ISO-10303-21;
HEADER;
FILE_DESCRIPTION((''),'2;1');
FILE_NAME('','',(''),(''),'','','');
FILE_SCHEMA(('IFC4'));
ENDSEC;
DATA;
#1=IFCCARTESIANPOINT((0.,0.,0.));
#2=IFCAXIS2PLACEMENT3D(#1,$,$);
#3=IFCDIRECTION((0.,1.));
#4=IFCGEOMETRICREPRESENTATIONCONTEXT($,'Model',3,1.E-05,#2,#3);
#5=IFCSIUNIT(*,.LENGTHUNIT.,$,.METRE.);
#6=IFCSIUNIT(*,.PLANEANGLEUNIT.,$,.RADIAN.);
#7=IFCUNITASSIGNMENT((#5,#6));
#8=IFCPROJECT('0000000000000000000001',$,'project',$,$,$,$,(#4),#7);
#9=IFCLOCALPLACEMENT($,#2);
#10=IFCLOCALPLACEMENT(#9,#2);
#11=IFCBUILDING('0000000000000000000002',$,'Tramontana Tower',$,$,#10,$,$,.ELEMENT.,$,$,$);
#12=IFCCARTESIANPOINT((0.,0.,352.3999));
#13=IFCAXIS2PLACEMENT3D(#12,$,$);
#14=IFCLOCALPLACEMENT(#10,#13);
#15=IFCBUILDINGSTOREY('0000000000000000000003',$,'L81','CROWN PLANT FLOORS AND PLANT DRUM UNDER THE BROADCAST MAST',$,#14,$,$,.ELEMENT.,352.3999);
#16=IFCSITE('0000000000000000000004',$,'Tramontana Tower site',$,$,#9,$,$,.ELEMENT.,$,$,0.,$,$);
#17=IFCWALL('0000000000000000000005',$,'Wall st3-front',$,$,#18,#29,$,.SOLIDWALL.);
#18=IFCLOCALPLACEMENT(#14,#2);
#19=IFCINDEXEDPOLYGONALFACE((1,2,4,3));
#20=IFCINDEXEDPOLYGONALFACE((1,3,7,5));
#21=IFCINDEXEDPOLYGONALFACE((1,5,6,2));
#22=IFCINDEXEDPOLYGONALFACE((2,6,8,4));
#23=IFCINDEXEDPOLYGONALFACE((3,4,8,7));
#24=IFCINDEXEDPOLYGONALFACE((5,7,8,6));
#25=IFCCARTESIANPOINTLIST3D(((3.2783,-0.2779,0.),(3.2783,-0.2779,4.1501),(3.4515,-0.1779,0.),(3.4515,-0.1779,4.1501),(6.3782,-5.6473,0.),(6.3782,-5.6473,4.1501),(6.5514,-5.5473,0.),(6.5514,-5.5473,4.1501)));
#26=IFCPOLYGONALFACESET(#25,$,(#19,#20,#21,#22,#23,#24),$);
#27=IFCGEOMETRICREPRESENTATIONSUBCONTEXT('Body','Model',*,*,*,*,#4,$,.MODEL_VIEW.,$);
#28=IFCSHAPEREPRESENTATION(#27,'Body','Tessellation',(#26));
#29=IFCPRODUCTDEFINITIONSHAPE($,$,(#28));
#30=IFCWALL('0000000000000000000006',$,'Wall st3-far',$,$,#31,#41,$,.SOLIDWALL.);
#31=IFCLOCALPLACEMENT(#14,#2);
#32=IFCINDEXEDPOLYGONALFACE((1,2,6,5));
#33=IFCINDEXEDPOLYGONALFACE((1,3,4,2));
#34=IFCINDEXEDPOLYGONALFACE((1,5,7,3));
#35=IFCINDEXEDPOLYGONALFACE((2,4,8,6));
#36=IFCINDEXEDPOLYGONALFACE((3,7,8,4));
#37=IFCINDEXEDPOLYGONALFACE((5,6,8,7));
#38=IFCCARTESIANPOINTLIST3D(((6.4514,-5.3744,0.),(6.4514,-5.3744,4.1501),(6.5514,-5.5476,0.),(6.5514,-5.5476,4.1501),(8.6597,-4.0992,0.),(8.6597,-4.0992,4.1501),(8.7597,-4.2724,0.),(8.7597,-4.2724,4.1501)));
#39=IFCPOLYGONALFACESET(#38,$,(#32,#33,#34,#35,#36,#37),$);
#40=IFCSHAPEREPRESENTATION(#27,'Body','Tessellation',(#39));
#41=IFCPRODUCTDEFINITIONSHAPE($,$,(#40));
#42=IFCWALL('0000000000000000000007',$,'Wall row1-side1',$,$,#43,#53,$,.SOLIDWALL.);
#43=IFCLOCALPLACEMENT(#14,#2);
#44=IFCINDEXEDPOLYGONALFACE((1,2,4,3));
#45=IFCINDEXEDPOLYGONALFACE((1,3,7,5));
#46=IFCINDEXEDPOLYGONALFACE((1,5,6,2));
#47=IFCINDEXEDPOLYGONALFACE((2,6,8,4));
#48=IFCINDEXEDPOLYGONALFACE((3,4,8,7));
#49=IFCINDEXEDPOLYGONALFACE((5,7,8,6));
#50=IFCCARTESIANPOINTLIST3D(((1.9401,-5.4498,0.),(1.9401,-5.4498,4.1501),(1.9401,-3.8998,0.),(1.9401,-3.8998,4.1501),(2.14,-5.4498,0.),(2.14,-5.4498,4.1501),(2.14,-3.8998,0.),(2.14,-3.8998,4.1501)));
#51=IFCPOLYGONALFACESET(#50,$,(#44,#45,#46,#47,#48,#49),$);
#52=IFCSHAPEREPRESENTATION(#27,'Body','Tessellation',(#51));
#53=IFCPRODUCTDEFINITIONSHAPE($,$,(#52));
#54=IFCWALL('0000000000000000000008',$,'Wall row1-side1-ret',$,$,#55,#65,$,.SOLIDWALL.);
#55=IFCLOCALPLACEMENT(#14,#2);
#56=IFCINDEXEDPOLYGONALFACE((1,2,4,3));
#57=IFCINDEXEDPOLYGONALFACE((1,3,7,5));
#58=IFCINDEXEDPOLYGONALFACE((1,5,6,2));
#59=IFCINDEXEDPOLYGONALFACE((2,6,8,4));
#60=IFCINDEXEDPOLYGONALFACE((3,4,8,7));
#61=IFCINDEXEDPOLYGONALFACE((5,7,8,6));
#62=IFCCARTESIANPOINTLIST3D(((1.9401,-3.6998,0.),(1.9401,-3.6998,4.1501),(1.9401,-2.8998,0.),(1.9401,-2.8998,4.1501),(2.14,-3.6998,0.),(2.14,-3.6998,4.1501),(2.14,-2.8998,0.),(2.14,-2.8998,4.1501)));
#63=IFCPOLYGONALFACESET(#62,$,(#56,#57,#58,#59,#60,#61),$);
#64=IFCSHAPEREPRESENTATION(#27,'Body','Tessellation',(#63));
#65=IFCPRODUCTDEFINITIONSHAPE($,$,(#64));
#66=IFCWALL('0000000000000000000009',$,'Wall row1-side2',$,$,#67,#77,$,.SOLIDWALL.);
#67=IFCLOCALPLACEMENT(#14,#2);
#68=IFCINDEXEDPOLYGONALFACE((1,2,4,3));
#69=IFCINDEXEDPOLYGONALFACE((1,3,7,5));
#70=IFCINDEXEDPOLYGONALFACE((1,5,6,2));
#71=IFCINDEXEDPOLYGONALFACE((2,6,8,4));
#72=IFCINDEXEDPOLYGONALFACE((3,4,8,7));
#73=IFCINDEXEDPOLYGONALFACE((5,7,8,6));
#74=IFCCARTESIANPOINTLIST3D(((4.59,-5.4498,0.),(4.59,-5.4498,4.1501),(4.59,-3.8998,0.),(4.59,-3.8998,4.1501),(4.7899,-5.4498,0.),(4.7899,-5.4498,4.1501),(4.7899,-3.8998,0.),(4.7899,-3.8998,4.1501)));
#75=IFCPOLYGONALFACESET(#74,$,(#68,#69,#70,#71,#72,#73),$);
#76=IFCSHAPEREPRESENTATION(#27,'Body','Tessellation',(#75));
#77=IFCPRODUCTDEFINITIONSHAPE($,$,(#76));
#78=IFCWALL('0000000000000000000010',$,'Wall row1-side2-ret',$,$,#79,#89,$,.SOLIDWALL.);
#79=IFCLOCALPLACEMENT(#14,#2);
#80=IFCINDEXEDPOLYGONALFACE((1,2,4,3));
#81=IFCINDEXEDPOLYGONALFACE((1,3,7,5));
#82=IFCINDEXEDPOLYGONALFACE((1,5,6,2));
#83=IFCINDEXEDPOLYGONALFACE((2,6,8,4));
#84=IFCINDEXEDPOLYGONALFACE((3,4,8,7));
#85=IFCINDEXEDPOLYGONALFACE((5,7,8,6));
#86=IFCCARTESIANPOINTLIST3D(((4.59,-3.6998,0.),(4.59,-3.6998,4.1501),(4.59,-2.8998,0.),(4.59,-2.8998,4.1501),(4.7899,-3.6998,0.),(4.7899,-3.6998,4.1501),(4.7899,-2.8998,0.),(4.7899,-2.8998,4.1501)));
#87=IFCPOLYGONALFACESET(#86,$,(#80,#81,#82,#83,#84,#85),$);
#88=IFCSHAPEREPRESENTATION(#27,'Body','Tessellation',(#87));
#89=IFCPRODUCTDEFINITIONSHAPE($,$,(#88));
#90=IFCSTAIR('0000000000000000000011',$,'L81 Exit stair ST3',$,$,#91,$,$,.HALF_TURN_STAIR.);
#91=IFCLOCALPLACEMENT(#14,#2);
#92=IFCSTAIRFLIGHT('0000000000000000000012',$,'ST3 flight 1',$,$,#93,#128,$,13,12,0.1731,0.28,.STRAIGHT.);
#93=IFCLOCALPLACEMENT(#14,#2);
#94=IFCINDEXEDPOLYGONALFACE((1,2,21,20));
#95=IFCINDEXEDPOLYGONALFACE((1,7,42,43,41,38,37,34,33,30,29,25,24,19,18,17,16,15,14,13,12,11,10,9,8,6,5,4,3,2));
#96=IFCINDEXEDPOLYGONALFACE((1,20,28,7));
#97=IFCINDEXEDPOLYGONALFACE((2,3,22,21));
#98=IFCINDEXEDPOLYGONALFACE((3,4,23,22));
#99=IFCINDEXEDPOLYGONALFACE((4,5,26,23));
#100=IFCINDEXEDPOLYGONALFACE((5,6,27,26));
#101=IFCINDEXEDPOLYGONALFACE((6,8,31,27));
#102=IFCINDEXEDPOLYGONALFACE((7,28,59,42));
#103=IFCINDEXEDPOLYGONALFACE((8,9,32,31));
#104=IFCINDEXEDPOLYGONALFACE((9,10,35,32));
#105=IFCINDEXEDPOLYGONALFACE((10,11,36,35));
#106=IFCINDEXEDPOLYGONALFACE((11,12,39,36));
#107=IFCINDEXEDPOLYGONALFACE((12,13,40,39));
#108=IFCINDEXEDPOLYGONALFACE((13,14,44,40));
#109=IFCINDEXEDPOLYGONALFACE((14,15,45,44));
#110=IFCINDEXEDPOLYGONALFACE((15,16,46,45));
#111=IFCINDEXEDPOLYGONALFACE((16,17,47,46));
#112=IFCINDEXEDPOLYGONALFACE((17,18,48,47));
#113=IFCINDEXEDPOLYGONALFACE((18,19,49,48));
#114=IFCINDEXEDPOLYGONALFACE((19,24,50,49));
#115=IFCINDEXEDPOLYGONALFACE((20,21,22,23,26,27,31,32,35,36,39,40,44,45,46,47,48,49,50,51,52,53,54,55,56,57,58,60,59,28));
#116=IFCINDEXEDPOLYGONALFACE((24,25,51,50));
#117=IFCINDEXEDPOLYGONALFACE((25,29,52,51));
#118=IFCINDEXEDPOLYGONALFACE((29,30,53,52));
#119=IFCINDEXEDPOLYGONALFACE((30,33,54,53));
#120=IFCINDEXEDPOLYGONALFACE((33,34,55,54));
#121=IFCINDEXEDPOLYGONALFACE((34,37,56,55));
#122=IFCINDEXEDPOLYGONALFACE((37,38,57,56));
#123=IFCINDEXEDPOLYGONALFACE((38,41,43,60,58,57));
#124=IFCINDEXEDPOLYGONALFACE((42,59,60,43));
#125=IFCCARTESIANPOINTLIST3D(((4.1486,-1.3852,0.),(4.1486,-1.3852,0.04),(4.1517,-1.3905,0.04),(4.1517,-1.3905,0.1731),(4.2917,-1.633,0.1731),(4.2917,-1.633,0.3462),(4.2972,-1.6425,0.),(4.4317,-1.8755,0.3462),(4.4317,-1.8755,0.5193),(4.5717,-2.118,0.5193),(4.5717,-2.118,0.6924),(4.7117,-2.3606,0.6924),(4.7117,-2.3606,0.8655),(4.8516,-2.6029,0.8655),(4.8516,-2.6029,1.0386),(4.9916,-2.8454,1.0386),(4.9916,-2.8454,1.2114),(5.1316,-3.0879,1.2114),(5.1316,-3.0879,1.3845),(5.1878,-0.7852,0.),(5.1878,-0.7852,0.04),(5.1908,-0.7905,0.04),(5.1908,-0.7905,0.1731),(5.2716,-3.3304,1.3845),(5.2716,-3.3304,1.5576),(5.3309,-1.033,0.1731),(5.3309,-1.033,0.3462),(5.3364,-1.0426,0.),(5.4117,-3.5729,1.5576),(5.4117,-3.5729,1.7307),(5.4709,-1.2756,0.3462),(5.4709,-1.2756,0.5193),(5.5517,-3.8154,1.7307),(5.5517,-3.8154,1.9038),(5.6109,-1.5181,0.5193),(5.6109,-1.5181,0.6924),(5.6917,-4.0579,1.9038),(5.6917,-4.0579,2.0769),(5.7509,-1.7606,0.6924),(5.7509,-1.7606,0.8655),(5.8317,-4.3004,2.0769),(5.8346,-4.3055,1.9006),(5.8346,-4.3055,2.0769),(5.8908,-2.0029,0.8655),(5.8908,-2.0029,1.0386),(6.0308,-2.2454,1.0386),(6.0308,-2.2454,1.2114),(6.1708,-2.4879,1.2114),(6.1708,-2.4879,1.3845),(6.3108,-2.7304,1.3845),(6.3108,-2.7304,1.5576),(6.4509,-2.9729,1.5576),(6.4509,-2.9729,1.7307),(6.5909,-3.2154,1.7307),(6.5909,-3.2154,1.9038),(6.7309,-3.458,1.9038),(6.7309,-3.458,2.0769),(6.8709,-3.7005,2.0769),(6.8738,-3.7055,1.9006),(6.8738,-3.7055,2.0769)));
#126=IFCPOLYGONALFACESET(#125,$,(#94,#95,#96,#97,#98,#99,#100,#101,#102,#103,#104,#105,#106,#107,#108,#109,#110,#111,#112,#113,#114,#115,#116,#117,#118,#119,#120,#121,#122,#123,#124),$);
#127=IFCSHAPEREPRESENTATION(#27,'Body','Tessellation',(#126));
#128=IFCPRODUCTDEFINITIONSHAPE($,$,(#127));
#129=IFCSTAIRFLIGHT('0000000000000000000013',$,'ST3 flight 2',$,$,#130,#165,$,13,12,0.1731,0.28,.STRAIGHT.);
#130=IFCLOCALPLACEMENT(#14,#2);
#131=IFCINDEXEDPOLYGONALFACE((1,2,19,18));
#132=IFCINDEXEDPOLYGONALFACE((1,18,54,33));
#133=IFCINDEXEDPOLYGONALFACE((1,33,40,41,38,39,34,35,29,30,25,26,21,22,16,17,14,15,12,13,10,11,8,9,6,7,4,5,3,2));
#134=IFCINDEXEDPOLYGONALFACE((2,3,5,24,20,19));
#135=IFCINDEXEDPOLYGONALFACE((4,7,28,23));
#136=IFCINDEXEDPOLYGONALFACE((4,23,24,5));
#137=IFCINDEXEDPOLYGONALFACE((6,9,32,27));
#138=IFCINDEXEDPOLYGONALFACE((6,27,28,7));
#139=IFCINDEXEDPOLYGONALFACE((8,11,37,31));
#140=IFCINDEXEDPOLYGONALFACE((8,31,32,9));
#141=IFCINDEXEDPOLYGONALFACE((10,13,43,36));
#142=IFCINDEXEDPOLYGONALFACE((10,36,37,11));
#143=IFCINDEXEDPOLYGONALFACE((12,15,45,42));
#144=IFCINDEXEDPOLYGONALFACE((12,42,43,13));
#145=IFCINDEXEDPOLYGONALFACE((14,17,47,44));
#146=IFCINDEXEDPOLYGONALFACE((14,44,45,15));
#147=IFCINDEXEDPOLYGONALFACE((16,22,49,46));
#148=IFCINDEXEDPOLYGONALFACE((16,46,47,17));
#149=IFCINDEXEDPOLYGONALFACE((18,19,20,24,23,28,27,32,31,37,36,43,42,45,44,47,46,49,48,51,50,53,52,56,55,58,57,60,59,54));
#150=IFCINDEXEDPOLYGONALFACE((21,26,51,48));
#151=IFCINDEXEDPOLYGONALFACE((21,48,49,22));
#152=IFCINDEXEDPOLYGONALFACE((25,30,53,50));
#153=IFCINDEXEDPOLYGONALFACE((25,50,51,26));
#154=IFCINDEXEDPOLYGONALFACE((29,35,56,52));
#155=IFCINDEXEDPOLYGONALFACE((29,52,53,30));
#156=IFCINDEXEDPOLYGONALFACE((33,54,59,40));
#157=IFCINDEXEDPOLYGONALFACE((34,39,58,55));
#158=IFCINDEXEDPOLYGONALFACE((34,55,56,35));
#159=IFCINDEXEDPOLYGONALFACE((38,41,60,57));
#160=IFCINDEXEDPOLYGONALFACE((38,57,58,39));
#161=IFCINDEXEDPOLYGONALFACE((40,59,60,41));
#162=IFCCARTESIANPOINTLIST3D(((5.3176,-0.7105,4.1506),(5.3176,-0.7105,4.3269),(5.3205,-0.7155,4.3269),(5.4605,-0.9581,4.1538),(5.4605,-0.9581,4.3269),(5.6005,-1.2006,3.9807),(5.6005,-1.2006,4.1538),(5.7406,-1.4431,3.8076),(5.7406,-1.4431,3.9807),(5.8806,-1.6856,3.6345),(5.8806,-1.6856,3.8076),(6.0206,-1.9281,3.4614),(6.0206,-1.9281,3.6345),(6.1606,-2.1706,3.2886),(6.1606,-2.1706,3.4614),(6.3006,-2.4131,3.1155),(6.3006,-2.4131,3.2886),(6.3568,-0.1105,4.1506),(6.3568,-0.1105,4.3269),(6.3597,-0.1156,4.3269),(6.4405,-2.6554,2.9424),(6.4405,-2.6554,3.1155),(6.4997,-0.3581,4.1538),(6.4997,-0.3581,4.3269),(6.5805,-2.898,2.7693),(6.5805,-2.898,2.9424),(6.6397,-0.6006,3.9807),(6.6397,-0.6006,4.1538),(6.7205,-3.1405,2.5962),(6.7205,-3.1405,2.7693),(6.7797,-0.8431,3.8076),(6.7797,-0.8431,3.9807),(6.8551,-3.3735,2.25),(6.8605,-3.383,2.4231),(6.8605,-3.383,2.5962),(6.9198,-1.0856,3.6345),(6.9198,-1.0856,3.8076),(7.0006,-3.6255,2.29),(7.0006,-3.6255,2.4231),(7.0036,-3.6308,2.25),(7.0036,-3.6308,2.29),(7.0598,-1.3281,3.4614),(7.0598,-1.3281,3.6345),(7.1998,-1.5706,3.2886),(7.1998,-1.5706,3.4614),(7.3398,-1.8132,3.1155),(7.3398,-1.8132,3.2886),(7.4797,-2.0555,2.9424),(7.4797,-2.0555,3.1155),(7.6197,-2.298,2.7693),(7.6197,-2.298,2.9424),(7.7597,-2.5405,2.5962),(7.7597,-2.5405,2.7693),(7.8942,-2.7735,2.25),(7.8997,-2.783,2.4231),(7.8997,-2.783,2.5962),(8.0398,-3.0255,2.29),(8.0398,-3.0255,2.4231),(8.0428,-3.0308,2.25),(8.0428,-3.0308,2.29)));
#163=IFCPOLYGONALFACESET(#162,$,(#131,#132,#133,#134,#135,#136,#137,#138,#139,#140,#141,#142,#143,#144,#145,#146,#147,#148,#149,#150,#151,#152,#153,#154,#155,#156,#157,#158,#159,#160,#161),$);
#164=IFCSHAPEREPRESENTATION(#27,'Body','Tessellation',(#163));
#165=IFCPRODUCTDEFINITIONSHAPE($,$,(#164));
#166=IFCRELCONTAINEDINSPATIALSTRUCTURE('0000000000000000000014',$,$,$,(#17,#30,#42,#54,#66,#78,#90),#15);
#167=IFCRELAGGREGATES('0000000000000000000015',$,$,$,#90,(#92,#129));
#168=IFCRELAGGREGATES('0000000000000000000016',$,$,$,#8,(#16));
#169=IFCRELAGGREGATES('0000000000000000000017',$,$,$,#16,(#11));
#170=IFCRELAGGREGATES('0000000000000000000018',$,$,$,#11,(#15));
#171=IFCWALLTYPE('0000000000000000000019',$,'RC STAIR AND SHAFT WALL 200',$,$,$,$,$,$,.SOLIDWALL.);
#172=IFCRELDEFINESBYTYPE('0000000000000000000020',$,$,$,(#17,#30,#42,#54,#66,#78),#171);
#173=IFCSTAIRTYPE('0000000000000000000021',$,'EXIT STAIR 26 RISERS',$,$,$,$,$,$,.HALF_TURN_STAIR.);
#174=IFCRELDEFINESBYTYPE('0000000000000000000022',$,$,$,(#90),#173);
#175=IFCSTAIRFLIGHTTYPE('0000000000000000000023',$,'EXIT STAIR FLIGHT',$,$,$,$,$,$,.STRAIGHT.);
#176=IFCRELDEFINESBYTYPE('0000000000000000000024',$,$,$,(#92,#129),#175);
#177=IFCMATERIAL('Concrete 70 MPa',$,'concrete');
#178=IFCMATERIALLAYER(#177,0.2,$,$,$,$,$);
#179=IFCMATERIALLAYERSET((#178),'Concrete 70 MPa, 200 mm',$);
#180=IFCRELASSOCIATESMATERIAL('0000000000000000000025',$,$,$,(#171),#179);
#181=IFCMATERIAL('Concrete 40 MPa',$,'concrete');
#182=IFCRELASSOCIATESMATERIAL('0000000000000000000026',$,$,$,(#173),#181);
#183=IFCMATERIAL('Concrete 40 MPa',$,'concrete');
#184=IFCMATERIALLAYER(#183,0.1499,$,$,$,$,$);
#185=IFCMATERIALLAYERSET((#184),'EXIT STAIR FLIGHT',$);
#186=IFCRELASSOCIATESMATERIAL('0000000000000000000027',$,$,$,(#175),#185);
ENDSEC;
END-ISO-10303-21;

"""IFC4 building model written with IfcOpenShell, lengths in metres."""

from ifc_helpers import new_model, si_unit, direction, frame, frame_2d, origin, place, context, subcontext, project, spatial, polyline, rectangle, outline, extrude, material, layer, layer_set, type_object, element, aggregate, save


model = new_model("IFC4")

# Units and contexts
model_context = context("Model", 3, precision=1e-05, world=origin(), true_north=direction((0.0, 1.0)))
body_context = subcontext(model_context, "Body", "Model", "MODEL_VIEW")
ifc_project = project(units=[si_unit("LENGTHUNIT", "METRE"), si_unit("PLANEANGLEUNIT", "RADIAN")], contexts=[model_context])

# Site, building, storey
site_placement = place(None, origin())
site = spatial("IfcSite", under=ifc_project, at=site_placement, Name="Tramontana Tower site", CompositionType="ELEMENT", RefElevation=0.0)
building_placement = place(site_placement, origin())
building = spatial("IfcBuilding", under=site, at=building_placement, Name="Tramontana Tower", CompositionType="ELEMENT")
storey_placement = place(building_placement, frame((0.0, 0.0, 352.3999)))
storey = spatial("IfcBuildingStorey", under=building, at=storey_placement, Name="L81", Description="CROWN PLANT FLOORS AND PLANT DRUM UNDER THE BROADCAST MAST", CompositionType="ELEMENT", Elevation=352.3999)

# Walls
ifc_material_1 = material(Name="Concrete 70 MPa", Category="concrete")
ifc_layer_1 = layer(ifc_material_1, 0.2)
ifc_layer_set_1 = layer_set([ifc_layer_1], Name="Concrete 70 MPa, 200 mm")
wall_type_1 = type_object("IfcWallType", Name="RC STAIR AND SHAFT WALL 200", PredefinedType="SOLIDWALL", material=ifc_layer_set_1)
wall_1_placement = place(storey_placement, frame((6.4648, -5.5974, 0.0), z_axis=(0.0, 0.0, 1.0), x_axis=(-0.49998, 0.866037, 0.0)))
element("IfcWall", 1, at=wall_1_placement, inside=storey, type_object=wall_type_1, Name="Wall st3-front", PredefinedType="SOLIDWALL", context=body_context, shape_type="SweptSolid", body=[
    extrude(rectangle(XDim=6.2, YDim=0.2, at=frame_2d((3.1001, 0.0))), origin(), (0.0, 0.0, 1.0), 4.1501),
])
wall_2_placement = place(storey_placement, frame((6.5015, -5.4609, 0.0), z_axis=(0.0, 0.0, 1.0), x_axis=(0.865989, 0.500062, 0.0)))
element("IfcWall", 2, at=wall_2_placement, inside=storey, type_object=wall_type_1, Name="Wall st3-far", PredefinedType="SOLIDWALL", context=body_context, shape_type="SweptSolid", body=[
    extrude(rectangle(XDim=2.55, YDim=0.2, at=frame_2d((1.2749, 0.0))), origin(), (0.0, 0.0, 1.0), 4.1501),
])
wall_3_placement = place(storey_placement, frame((2.04, -3.8999, 0.0), z_axis=(0.0, 0.0, 1.0), x_axis=(0.0, -1.0, 0.0)))
element("IfcWall", 3, at=wall_3_placement, inside=storey, type_object=wall_type_1, Name="Wall row1-side1", PredefinedType="SOLIDWALL", context=body_context, shape_type="SweptSolid", body=[
    extrude(rectangle(XDim=1.55, YDim=0.2, at=frame_2d((0.7749, 0.0))), origin(), (0.0, 0.0, 1.0), 4.1501),
])
wall_4_placement = place(storey_placement, frame((2.04, -2.8999, 0.0), z_axis=(0.0, 0.0, 1.0), x_axis=(0.0, -1.0, 0.0)))
element("IfcWall", 4, at=wall_4_placement, inside=storey, type_object=wall_type_1, Name="Wall row1-side1-ret", PredefinedType="SOLIDWALL", context=body_context, shape_type="SweptSolid", body=[
    extrude(rectangle(XDim=0.8, YDim=0.2, at=frame_2d((0.3999, 0.0))), origin(), (0.0, 0.0, 1.0), 4.1501),
])
wall_5_placement = place(storey_placement, frame((4.6899, -3.8999, 0.0), z_axis=(0.0, 0.0, 1.0), x_axis=(0.0, -1.0, 0.0)))
element("IfcWall", 5, at=wall_5_placement, inside=storey, type_object=wall_type_1, Name="Wall row1-side2", PredefinedType="SOLIDWALL", context=body_context, shape_type="SweptSolid", body=[
    extrude(rectangle(XDim=1.55, YDim=0.2, at=frame_2d((0.7749, 0.0))), origin(), (0.0, 0.0, 1.0), 4.1501),
])
wall_6_placement = place(storey_placement, frame((4.6899, -2.8999, 0.0), z_axis=(0.0, 0.0, 1.0), x_axis=(0.0, -1.0, 0.0)))
element("IfcWall", 6, at=wall_6_placement, inside=storey, type_object=wall_type_1, Name="Wall row1-side2-ret", PredefinedType="SOLIDWALL", context=body_context, shape_type="SweptSolid", body=[
    extrude(rectangle(XDim=0.8, YDim=0.2, at=frame_2d((0.3999, 0.0))), origin(), (0.0, 0.0, 1.0), 4.1501),
])

# Stair, stair flights
ifc_material_2 = material(Name="Concrete 40 MPa", Category="concrete")
stair_type = type_object("IfcStairType", Name="EXIT STAIR 26 RISERS", PredefinedType="HALF_TURN_STAIR", material=ifc_material_2)
stair_placement = place(storey_placement, origin())
stair = element("IfcStair", 7, at=stair_placement, inside=storey, type_object=stair_type, Name="L81 Exit stair ST3", PredefinedType="HALF_TURN_STAIR")
ifc_material_3 = material(Name="Concrete 40 MPa", Category="concrete")
ifc_layer_2 = layer(ifc_material_3, 0.1499)
ifc_layer_set_2 = layer_set([ifc_layer_2], Name="EXIT STAIR FLIGHT")
stair_flight_type = type_object("IfcStairFlightType", Name="EXIT STAIR FLIGHT", PredefinedType="STRAIGHT", material=ifc_layer_set_2)
stair_flight_1_placement = place(storey_placement, frame((4.6711, -1.0906, 0.0), z_axis=(0.0, 0.0, 1.0), x_axis=(0.5, -0.866025, 0.0)))
stair_flight_1 = element("IfcStairFlight", 8, at=stair_flight_1_placement, type_object=stair_flight_type, Name="ST3 flight 1", NumberOfRisers=13, NumberOfTreads=12, PredefinedType="STRAIGHT", RiserHeight=0.1731, TreadLength=0.28, context=body_context, shape_type="SweptSolid", body=[
    extrude(outline(polyline([(-0.0061, 0.0), (-0.0061, 0.04), (0.0, 0.04), (0.0, 0.1731), (0.28, 0.1731), (0.28, 0.3462), (0.5601, 0.3462), (0.5601, 0.5193), (0.8401, 0.5193), (0.8401, 0.6924), (1.1201, 0.6924), (1.1201, 0.8655), (1.3999, 0.8655), (1.3999, 1.0386), (1.6799, 1.0386), (1.6799, 1.2114), (1.96, 1.2114), (1.96, 1.3845), (2.24, 1.3845), (2.24, 1.5576), (2.52, 1.5576), (2.52, 1.7307), (2.8, 1.7307), (2.8, 1.9038), (3.0801, 1.9038), (3.0801, 2.0769), (3.3601, 2.0769), (3.366, 2.0769), (3.366, 1.9006), (0.291, 0.0), (-0.0061, 0.0)])), frame((0.0, 0.6001, 0.0), z_axis=(0.0, -1.0, 0.0), x_axis=(1.0, 0.0, 0.0)), (0.0, 0.0, 1.0), 1.2),
])
stair_flight_2_placement = place(storey_placement, frame((7.5203, -3.3254, 2.25), z_axis=(0.0, 0.0, 1.0), x_axis=(-0.5, 0.866025, 0.0)))
stair_flight_2 = element("IfcStairFlight", 9, at=stair_flight_2_placement, type_object=stair_flight_type, Name="ST3 flight 2", NumberOfRisers=13, NumberOfTreads=12, PredefinedType="STRAIGHT", RiserHeight=0.1731, TreadLength=0.28, context=body_context, shape_type="SweptSolid", body=[
    extrude(outline(polyline([(-0.0061, 0.0), (-0.0061, 0.04), (0.0, 0.04), (0.0, 0.1731), (0.28, 0.1731), (0.28, 0.3462), (0.5601, 0.3462), (0.5601, 0.5193), (0.8401, 0.5193), (0.8401, 0.6924), (1.1201, 0.6924), (1.1201, 0.8655), (1.3999, 0.8655), (1.3999, 1.0386), (1.6799, 1.0386), (1.6799, 1.2114), (1.96, 1.2114), (1.96, 1.3845), (2.24, 1.3845), (2.24, 1.5576), (2.52, 1.5576), (2.52, 1.7307), (2.8, 1.7307), (2.8, 1.9038), (3.0801, 1.9038), (3.0801, 2.0769), (3.3601, 2.0769), (3.366, 2.0769), (3.366, 1.9006), (0.291, 0.0), (-0.0061, 0.0)])), frame((0.0, 0.6001, 0.0), z_axis=(0.0, -1.0, 0.0), x_axis=(1.0, 0.0, 0.0)), (0.0, 0.0, 1.0), 1.2),
])
aggregate(stair, [stair_flight_1, stair_flight_2])

save(model, "model.ifc")
